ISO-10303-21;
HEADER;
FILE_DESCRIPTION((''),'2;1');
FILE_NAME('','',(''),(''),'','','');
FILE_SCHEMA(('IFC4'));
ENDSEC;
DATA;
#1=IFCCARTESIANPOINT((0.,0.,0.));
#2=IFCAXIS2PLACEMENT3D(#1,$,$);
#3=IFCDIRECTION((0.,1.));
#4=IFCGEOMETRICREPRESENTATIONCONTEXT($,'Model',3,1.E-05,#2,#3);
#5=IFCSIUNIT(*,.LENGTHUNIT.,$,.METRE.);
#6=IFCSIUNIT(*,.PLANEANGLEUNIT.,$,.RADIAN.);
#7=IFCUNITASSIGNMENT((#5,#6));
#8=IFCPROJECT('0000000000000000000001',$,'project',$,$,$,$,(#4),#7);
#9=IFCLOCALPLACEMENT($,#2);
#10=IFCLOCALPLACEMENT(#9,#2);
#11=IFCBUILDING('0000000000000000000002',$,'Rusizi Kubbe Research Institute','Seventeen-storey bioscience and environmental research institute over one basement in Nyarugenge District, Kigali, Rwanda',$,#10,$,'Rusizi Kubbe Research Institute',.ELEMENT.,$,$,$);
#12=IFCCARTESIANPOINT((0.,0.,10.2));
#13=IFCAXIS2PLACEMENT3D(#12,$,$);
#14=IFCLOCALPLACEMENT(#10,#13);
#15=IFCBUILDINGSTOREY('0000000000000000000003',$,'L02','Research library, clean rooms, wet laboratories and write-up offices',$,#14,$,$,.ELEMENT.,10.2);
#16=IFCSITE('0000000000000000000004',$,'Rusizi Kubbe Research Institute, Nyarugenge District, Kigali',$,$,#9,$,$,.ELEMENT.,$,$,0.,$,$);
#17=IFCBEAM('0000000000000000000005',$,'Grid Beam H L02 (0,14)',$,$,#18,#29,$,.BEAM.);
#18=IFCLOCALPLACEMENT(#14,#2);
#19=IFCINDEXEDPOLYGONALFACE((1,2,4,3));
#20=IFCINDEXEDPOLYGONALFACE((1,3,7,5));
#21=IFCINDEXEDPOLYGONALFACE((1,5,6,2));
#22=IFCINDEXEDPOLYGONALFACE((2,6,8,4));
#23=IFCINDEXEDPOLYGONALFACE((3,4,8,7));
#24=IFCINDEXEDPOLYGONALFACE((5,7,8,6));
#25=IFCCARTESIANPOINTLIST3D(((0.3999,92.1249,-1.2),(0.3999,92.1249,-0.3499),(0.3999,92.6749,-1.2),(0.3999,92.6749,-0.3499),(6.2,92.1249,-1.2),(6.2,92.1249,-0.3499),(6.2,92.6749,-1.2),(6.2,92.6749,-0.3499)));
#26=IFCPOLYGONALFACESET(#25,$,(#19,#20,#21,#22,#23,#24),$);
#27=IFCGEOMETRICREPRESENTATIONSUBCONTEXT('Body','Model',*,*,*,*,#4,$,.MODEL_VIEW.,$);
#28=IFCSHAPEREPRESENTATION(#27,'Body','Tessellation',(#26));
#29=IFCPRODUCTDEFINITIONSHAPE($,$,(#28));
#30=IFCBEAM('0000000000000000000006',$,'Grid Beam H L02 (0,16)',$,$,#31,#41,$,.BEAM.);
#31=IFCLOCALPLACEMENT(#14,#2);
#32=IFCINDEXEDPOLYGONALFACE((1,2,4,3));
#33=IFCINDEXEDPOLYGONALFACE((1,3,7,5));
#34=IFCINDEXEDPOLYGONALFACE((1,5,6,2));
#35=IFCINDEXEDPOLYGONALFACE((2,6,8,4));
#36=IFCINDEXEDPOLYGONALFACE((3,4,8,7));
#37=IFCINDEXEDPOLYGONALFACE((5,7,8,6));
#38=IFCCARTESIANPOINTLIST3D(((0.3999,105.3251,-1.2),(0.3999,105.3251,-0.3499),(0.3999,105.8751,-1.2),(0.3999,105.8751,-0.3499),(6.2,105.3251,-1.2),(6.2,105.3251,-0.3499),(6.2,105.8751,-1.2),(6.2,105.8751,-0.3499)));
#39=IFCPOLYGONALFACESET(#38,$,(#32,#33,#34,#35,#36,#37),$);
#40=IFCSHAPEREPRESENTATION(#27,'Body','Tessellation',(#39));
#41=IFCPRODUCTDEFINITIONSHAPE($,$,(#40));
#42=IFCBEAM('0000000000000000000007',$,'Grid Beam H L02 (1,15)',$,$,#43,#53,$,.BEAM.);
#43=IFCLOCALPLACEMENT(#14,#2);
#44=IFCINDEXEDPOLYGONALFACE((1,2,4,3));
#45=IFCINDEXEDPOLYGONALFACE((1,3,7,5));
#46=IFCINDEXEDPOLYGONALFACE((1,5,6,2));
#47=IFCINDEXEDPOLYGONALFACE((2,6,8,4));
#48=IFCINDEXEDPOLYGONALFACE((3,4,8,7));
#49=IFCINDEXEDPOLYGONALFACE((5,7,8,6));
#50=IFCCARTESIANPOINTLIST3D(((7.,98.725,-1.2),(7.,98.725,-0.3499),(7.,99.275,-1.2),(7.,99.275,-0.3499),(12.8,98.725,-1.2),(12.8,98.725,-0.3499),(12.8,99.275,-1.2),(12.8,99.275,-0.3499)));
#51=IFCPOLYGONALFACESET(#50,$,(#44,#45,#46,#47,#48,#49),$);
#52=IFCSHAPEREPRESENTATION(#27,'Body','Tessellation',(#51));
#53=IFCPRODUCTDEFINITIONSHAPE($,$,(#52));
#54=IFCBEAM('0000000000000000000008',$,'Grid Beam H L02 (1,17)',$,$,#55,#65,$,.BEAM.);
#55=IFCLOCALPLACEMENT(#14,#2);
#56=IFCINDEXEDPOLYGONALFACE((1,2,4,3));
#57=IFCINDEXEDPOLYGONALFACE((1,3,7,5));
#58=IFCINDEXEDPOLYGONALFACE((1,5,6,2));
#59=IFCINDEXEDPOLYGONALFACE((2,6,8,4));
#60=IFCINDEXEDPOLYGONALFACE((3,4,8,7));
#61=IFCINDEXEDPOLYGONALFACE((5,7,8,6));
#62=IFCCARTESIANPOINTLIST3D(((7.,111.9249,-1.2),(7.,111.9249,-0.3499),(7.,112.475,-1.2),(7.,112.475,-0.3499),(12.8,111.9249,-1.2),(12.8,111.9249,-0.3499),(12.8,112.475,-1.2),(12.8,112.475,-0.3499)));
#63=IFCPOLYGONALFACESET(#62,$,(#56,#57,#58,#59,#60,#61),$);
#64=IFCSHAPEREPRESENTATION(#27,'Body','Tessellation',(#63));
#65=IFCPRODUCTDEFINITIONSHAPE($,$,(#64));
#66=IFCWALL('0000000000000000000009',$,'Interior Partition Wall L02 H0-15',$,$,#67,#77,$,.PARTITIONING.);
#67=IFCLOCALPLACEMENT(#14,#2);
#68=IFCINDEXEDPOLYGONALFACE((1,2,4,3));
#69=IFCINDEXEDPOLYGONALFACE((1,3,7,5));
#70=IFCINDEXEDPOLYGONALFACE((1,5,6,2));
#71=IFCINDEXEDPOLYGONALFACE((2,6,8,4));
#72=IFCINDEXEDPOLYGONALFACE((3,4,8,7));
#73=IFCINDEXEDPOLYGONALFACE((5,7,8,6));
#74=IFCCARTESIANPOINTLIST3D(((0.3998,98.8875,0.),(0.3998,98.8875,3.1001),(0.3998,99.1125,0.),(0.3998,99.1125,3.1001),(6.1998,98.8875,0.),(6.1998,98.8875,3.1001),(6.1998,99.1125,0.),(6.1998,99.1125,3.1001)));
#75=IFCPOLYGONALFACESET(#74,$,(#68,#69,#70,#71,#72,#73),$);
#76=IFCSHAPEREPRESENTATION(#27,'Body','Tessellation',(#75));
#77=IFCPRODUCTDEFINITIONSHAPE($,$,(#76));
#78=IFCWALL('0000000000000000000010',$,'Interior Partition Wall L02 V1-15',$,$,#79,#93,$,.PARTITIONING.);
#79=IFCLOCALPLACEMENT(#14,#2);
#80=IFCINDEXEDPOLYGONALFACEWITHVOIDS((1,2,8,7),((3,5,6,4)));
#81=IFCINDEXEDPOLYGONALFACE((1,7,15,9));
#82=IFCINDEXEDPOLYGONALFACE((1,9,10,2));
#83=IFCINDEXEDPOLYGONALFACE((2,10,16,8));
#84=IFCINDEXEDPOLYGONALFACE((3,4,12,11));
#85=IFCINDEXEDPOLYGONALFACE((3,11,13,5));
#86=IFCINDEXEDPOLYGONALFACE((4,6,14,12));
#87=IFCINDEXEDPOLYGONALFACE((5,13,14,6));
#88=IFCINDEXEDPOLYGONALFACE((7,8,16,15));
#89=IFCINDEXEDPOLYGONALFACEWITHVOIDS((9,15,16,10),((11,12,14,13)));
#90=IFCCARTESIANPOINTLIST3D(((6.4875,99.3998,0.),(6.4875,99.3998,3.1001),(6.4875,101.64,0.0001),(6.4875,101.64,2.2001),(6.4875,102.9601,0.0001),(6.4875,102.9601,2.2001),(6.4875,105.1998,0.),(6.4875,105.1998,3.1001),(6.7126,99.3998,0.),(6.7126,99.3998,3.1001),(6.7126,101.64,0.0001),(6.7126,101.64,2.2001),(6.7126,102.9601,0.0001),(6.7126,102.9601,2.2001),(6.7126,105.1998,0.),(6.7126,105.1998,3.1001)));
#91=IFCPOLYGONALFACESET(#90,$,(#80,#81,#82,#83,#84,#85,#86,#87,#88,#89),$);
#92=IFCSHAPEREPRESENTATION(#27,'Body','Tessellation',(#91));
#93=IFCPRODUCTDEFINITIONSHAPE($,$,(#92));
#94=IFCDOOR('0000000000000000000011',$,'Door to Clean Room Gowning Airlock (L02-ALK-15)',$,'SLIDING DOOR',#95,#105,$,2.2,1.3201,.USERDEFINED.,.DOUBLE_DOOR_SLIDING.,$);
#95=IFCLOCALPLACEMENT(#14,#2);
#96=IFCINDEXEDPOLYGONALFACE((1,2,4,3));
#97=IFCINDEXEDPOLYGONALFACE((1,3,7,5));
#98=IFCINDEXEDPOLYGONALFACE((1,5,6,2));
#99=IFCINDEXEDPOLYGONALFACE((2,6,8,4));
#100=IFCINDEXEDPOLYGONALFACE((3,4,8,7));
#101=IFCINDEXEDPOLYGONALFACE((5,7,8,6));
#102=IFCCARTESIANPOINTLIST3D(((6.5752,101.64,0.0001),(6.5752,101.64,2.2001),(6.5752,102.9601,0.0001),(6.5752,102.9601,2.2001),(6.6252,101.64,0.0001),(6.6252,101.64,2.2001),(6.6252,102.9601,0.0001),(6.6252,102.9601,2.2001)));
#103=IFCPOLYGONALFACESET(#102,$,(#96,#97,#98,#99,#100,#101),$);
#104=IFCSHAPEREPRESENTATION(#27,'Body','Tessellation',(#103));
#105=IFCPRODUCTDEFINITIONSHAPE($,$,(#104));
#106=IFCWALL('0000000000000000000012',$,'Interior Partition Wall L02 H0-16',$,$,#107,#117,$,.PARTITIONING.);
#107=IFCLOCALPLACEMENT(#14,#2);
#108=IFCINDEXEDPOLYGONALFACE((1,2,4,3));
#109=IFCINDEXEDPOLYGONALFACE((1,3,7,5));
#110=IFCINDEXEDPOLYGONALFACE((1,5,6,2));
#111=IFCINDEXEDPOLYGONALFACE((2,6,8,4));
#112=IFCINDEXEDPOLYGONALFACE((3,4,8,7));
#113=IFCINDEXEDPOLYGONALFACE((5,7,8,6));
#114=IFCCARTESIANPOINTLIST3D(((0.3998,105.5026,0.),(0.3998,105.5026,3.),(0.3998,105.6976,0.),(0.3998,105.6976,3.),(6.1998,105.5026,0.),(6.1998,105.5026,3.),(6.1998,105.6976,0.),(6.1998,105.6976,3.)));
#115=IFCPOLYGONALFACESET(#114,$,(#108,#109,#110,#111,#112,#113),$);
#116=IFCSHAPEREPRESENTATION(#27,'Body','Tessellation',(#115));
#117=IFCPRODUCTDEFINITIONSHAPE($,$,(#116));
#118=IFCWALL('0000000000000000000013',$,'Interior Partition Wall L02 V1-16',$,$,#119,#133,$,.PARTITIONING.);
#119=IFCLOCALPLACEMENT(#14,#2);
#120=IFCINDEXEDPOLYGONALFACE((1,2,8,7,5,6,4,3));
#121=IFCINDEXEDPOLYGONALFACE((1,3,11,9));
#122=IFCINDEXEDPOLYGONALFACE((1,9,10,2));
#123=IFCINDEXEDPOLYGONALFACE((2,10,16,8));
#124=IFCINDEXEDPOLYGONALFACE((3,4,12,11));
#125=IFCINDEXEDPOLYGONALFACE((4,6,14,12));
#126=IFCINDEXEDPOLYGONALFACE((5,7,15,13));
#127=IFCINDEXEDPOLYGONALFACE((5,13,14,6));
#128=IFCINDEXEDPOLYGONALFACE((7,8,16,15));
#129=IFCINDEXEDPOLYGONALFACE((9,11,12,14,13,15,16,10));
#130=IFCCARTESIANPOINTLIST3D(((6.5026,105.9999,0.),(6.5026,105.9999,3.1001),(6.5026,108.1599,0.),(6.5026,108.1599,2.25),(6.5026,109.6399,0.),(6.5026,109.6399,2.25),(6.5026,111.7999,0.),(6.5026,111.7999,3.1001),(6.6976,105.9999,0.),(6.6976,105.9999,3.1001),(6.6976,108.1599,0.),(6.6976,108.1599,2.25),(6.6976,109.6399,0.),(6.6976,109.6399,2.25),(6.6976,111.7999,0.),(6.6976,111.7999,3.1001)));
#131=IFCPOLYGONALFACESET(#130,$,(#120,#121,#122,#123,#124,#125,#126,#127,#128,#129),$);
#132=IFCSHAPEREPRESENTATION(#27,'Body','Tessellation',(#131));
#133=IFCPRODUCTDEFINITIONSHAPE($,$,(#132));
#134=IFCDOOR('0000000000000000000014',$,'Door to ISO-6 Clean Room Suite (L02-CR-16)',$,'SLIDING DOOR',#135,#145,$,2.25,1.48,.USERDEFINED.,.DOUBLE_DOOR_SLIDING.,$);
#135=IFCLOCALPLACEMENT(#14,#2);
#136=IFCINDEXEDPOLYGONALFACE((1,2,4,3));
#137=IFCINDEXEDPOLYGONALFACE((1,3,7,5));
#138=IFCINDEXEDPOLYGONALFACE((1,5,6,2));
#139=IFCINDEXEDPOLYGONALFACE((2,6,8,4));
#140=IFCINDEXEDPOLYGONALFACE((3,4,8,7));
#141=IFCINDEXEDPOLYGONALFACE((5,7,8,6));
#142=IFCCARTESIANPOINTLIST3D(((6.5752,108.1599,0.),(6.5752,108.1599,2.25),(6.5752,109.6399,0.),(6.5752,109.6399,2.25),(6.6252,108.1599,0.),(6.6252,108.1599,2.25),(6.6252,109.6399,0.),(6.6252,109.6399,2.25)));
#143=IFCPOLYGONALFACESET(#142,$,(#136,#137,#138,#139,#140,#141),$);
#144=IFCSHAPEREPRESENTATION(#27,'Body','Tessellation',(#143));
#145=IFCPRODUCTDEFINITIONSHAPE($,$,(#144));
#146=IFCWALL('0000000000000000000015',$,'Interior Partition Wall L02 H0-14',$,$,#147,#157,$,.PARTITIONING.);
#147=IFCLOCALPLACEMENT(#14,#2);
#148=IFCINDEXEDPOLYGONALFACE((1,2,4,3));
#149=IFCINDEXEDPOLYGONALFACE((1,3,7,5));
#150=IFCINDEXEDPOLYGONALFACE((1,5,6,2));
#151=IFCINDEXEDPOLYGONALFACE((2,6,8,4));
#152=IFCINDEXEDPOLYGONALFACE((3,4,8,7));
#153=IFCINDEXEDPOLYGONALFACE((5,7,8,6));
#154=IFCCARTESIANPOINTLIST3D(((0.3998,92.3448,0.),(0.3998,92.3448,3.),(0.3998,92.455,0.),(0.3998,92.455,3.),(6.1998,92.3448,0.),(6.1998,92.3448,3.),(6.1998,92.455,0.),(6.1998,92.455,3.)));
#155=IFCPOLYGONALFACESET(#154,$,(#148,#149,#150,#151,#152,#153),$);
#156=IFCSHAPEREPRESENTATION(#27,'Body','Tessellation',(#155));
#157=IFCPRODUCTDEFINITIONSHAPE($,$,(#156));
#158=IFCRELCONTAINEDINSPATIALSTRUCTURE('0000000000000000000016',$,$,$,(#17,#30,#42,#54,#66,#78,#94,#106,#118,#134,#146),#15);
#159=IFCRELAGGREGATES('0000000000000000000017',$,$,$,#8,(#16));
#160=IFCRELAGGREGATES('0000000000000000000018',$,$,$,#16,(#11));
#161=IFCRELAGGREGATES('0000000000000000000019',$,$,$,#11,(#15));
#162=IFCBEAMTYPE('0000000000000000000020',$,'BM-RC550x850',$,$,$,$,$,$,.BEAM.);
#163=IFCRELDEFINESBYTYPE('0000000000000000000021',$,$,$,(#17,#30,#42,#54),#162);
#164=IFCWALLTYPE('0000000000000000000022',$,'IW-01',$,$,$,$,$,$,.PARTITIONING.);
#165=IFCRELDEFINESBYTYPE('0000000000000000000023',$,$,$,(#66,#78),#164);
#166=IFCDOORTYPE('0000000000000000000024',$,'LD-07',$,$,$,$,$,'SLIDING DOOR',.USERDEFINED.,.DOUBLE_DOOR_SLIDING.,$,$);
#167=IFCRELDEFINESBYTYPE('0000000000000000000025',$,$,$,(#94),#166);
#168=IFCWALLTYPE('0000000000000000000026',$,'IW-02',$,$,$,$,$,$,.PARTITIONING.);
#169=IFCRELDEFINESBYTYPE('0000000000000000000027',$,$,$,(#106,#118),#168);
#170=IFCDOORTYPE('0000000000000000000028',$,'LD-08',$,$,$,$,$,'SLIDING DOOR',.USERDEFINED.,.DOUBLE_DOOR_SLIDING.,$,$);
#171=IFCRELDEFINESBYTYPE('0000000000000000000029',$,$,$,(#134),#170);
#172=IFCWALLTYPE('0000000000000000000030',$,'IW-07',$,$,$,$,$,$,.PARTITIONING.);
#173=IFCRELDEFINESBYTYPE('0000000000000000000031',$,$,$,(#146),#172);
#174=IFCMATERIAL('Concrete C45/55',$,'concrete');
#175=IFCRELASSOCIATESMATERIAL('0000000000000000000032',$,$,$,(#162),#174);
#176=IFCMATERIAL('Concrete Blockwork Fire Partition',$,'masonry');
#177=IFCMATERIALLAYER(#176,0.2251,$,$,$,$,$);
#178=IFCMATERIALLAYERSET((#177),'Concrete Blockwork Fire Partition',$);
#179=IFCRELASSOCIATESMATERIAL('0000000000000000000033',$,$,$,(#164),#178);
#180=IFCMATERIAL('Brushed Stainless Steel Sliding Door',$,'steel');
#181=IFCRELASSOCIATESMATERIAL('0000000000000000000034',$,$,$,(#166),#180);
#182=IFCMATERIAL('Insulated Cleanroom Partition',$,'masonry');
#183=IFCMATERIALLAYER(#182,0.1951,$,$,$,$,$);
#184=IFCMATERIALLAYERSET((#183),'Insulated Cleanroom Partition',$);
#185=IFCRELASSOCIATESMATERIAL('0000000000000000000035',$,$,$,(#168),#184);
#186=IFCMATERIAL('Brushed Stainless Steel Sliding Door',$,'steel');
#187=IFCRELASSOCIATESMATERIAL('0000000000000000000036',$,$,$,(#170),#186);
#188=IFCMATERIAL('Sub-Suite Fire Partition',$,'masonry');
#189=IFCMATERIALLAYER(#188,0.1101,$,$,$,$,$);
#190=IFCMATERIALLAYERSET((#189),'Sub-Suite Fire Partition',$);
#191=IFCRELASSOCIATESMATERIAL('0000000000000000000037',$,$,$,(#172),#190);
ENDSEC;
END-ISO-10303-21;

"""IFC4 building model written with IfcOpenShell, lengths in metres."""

from ifc_helpers import new_model, si_unit, direction, frame, frame_2d, origin, origin_2d, place, context, subcontext, project, spatial, rectangle, extrude, material, layer, layer_set, material_profile, profile_set, type_object, element, fill, save


model = new_model("IFC4")

# Units and contexts
model_context = context("Model", 3, precision=1e-05, world=origin(), true_north=direction((0.0, 1.0)))
body_context = subcontext(model_context, "Body", "Model", "MODEL_VIEW")
ifc_project = project(units=[si_unit("LENGTHUNIT", "METRE"), si_unit("PLANEANGLEUNIT", "RADIAN")], contexts=[model_context])

# Site, building, storey
site_placement = place(None, origin())
site = spatial("IfcSite", under=ifc_project, at=site_placement, Name="Rusizi Kubbe Research Institute, Nyarugenge District, Kigali", CompositionType="ELEMENT", RefElevation=0.0)
building_placement = place(site_placement, origin())
building = spatial("IfcBuilding", under=site, at=building_placement, Name="Rusizi Kubbe Research Institute", Description="Seventeen-storey bioscience and environmental research institute over one basement in Nyarugenge District, Kigali, Rwanda", LongName="Rusizi Kubbe Research Institute", CompositionType="ELEMENT")
storey_placement = place(building_placement, frame((0.0, 0.0, 10.2)))
storey = spatial("IfcBuildingStorey", under=building, at=storey_placement, Name="L02", Description="Research library, clean rooms, wet laboratories and write-up offices", CompositionType="ELEMENT", Elevation=10.2)

# Beams
ifc_material_1 = material(Name="Concrete C45/55", Category="concrete")
ifc_material_profile_1 = material_profile(ifc_material_1, rectangle(XDim=0.55, YDim=0.8501, at=origin_2d()), Name="RC550x850")
ifc_profile_set_1 = profile_set([ifc_material_profile_1], Name="Concrete C45/55")
beam_type_1 = type_object("IfcBeamType", Name="BM-RC550x850", PredefinedType="BEAM", material=ifc_profile_set_1)
for number, where, z_axis, x_axis, name in (
    (1, (0.3999, 92.3999, -0.7749), (1.0, 0.0, 0.0), (0.0, 1.0, 0.0), "Grid Beam H L02 (0,14)"),
    (2, (0.3999, 105.6001, -0.7749), (1.0, 0.0, 0.0), (0.0, 1.0, 0.0), "Grid Beam H L02 (0,16)"),
    (3, (7.0, 99.0, -0.7749), (1.0, 0.0, 0.0), (0.0, 1.0, 0.0), "Grid Beam H L02 (1,15)"),
    (4, (7.0, 112.2, -0.7749), (1.0, 0.0, 0.0), (0.0, 1.0, 0.0), "Grid Beam H L02 (1,17)"),
):
    element("IfcBeam", number, at=place(storey_placement, frame(where, z_axis=z_axis, x_axis=x_axis)), inside=storey, type_object=beam_type_1, Name=name, PredefinedType="BEAM", context=body_context, shape_type="SweptSolid", body=[
        extrude(rectangle(XDim=0.55, YDim=0.8501, at=origin_2d()), origin(), (0.0, 0.0, 1.0), 5.8),
    ])

# Wall
ifc_material_2 = material(Name="Concrete Blockwork Fire Partition", Category="masonry")
ifc_layer_1 = layer(ifc_material_2, 0.2251)
ifc_layer_set_1 = layer_set([ifc_layer_1], Name="Concrete Blockwork Fire Partition")
wall_type_1 = type_object("IfcWallType", Name="IW-01", PredefinedType="PARTITIONING", material=ifc_layer_set_1)
wall_1_placement = place(storey_placement, frame((0.3999, 99.0, 0.0), z_axis=(0.0, 0.0, 1.0), x_axis=(1.0, 0.0, 0.0)))
element("IfcWall", 5, at=wall_1_placement, inside=storey, type_object=wall_type_1, Name="Interior Partition Wall L02 H0-15", PredefinedType="PARTITIONING", context=body_context, shape_type="SweptSolid", body=[
    extrude(rectangle(XDim=5.8, YDim=0.2251, at=frame_2d((2.8999, 0.0))), origin(), (0.0, 0.0, 1.0), 3.1001),
])

# Wall, opening, door
wall_2_placement = place(storey_placement, frame((6.6001, 99.3999, 0.0), z_axis=(0.0, 0.0, 1.0), x_axis=(0.0, 1.0, 0.0)))
wall_2 = element("IfcWall", 6, at=wall_2_placement, inside=storey, type_object=wall_type_1, Name="Interior Partition Wall L02 V1-15", PredefinedType="PARTITIONING", context=body_context, shape_type="SweptSolid", body=[
    extrude(rectangle(XDim=5.8, YDim=0.2251, at=frame_2d((2.8999, 0.0))), origin(), (0.0, 0.0, 1.0), 3.1001),
])
opening_1_placement = place(wall_2_placement, frame((2.24, 0.0, 0.0)))
opening_1 = element("IfcOpeningElement", 7, at=opening_1_placement, cuts=wall_2, PredefinedType="OPENING", context=body_context, shape_type="SweptSolid", body=[
    extrude(rectangle(XDim=1.3201, YDim=2.2, at=frame_2d((0.6602, 1.1001))), frame((0.0, 0.1226, 0.0), z_axis=(0.0, -1.0, 0.0), x_axis=(1.0, 0.0, 0.0)), (0.0, 0.0, 1.0), 0.2451),
])
ifc_material_3 = material(Name="Brushed Stainless Steel Sliding Door", Category="steel")
door_type_1 = type_object("IfcDoorType", Name="LD-07", ElementType="SLIDING DOOR", OperationType="DOUBLE_DOOR_SLIDING", PredefinedType="USERDEFINED", material=ifc_material_3)
door_1_placement = place(opening_1_placement, origin())
door_1 = element("IfcDoor", 8, at=door_1_placement, inside=storey, type_object=door_type_1, Name="Door to Clean Room Gowning Airlock (L02-ALK-15)", ObjectType="SLIDING DOOR", OperationType="DOUBLE_DOOR_SLIDING", OverallHeight=2.2, OverallWidth=1.3201, PredefinedType="USERDEFINED", context=body_context, shape_type="SweptSolid", body=[
    extrude(rectangle(XDim=1.3201, YDim=2.2, at=frame_2d((0.6602, 1.1001))), frame((0.0, 0.0249, 0.0), z_axis=(0.0, -1.0, 0.0), x_axis=(1.0, 0.0, 0.0)), (0.0, 0.0, 1.0), 0.05),
])
fill(opening_1, door_1)

# Wall
ifc_material_4 = material(Name="Insulated Cleanroom Partition", Category="masonry")
ifc_layer_2 = layer(ifc_material_4, 0.1951)
ifc_layer_set_2 = layer_set([ifc_layer_2], Name="Insulated Cleanroom Partition")
wall_type_2 = type_object("IfcWallType", Name="IW-02", PredefinedType="PARTITIONING", material=ifc_layer_set_2)
wall_3_placement = place(storey_placement, frame((0.3999, 105.6001, 0.0), z_axis=(0.0, 0.0, 1.0), x_axis=(1.0, 0.0, 0.0)))
element("IfcWall", 9, at=wall_3_placement, inside=storey, type_object=wall_type_2, Name="Interior Partition Wall L02 H0-16", PredefinedType="PARTITIONING", context=body_context, shape_type="SweptSolid", body=[
    extrude(rectangle(XDim=5.8, YDim=0.1951, at=frame_2d((2.8999, 0.0))), origin(), (0.0, 0.0, 1.0), 3.0),
])

# Wall, opening, door
wall_4_placement = place(storey_placement, frame((6.6001, 106.0, 0.0), z_axis=(0.0, 0.0, 1.0), x_axis=(0.0, 1.0, 0.0)))
wall_4 = element("IfcWall", 10, at=wall_4_placement, inside=storey, type_object=wall_type_2, Name="Interior Partition Wall L02 V1-16", PredefinedType="PARTITIONING", context=body_context, shape_type="SweptSolid", body=[
    extrude(rectangle(XDim=5.8, YDim=0.1951, at=frame_2d((2.8999, 0.0))), origin(), (0.0, 0.0, 1.0), 3.1001),
])
opening_2_placement = place(wall_4_placement, frame((2.1599, 0.0, 0.0)))
opening_2 = element("IfcOpeningElement", 11, at=opening_2_placement, cuts=wall_4, PredefinedType="OPENING", context=body_context, shape_type="SweptSolid", body=[
    extrude(rectangle(XDim=1.48, YDim=2.25, at=frame_2d((0.74, 1.125))), frame((0.0, 0.1074, 0.0), z_axis=(0.0, -1.0, 0.0), x_axis=(1.0, 0.0, 0.0)), (0.0, 0.0, 1.0), 0.2151),
])
ifc_material_5 = material(Name="Brushed Stainless Steel Sliding Door", Category="steel")
door_type_2 = type_object("IfcDoorType", Name="LD-08", ElementType="SLIDING DOOR", OperationType="DOUBLE_DOOR_SLIDING", PredefinedType="USERDEFINED", material=ifc_material_5)
door_2_placement = place(opening_2_placement, origin())
door_2 = element("IfcDoor", 12, at=door_2_placement, inside=storey, type_object=door_type_2, Name="Door to ISO-6 Clean Room Suite (L02-CR-16)", ObjectType="SLIDING DOOR", OperationType="DOUBLE_DOOR_SLIDING", OverallHeight=2.25, OverallWidth=1.48, PredefinedType="USERDEFINED", context=body_context, shape_type="SweptSolid", body=[
    extrude(rectangle(XDim=1.48, YDim=2.25, at=frame_2d((0.74, 1.125))), frame((0.0, 0.0249, 0.0), z_axis=(0.0, -1.0, 0.0), x_axis=(1.0, 0.0, 0.0)), (0.0, 0.0, 1.0), 0.05),
])
fill(opening_2, door_2)

# Wall
ifc_material_6 = material(Name="Sub-Suite Fire Partition", Category="masonry")
ifc_layer_3 = layer(ifc_material_6, 0.1101)
ifc_layer_set_3 = layer_set([ifc_layer_3], Name="Sub-Suite Fire Partition")
wall_type_3 = type_object("IfcWallType", Name="IW-07", PredefinedType="PARTITIONING", material=ifc_layer_set_3)
wall_5_placement = place(storey_placement, frame((0.3999, 92.3999, 0.0), z_axis=(0.0, 0.0, 1.0), x_axis=(1.0, 0.0, 0.0)))
element("IfcWall", 13, at=wall_5_placement, inside=storey, type_object=wall_type_3, Name="Interior Partition Wall L02 H0-14", PredefinedType="PARTITIONING", context=body_context, shape_type="SweptSolid", body=[
    extrude(rectangle(XDim=5.8, YDim=0.1101, at=frame_2d((2.8999, 0.0))), origin(), (0.0, 0.0, 1.0), 3.0),
])

save(model, "model.ifc")
